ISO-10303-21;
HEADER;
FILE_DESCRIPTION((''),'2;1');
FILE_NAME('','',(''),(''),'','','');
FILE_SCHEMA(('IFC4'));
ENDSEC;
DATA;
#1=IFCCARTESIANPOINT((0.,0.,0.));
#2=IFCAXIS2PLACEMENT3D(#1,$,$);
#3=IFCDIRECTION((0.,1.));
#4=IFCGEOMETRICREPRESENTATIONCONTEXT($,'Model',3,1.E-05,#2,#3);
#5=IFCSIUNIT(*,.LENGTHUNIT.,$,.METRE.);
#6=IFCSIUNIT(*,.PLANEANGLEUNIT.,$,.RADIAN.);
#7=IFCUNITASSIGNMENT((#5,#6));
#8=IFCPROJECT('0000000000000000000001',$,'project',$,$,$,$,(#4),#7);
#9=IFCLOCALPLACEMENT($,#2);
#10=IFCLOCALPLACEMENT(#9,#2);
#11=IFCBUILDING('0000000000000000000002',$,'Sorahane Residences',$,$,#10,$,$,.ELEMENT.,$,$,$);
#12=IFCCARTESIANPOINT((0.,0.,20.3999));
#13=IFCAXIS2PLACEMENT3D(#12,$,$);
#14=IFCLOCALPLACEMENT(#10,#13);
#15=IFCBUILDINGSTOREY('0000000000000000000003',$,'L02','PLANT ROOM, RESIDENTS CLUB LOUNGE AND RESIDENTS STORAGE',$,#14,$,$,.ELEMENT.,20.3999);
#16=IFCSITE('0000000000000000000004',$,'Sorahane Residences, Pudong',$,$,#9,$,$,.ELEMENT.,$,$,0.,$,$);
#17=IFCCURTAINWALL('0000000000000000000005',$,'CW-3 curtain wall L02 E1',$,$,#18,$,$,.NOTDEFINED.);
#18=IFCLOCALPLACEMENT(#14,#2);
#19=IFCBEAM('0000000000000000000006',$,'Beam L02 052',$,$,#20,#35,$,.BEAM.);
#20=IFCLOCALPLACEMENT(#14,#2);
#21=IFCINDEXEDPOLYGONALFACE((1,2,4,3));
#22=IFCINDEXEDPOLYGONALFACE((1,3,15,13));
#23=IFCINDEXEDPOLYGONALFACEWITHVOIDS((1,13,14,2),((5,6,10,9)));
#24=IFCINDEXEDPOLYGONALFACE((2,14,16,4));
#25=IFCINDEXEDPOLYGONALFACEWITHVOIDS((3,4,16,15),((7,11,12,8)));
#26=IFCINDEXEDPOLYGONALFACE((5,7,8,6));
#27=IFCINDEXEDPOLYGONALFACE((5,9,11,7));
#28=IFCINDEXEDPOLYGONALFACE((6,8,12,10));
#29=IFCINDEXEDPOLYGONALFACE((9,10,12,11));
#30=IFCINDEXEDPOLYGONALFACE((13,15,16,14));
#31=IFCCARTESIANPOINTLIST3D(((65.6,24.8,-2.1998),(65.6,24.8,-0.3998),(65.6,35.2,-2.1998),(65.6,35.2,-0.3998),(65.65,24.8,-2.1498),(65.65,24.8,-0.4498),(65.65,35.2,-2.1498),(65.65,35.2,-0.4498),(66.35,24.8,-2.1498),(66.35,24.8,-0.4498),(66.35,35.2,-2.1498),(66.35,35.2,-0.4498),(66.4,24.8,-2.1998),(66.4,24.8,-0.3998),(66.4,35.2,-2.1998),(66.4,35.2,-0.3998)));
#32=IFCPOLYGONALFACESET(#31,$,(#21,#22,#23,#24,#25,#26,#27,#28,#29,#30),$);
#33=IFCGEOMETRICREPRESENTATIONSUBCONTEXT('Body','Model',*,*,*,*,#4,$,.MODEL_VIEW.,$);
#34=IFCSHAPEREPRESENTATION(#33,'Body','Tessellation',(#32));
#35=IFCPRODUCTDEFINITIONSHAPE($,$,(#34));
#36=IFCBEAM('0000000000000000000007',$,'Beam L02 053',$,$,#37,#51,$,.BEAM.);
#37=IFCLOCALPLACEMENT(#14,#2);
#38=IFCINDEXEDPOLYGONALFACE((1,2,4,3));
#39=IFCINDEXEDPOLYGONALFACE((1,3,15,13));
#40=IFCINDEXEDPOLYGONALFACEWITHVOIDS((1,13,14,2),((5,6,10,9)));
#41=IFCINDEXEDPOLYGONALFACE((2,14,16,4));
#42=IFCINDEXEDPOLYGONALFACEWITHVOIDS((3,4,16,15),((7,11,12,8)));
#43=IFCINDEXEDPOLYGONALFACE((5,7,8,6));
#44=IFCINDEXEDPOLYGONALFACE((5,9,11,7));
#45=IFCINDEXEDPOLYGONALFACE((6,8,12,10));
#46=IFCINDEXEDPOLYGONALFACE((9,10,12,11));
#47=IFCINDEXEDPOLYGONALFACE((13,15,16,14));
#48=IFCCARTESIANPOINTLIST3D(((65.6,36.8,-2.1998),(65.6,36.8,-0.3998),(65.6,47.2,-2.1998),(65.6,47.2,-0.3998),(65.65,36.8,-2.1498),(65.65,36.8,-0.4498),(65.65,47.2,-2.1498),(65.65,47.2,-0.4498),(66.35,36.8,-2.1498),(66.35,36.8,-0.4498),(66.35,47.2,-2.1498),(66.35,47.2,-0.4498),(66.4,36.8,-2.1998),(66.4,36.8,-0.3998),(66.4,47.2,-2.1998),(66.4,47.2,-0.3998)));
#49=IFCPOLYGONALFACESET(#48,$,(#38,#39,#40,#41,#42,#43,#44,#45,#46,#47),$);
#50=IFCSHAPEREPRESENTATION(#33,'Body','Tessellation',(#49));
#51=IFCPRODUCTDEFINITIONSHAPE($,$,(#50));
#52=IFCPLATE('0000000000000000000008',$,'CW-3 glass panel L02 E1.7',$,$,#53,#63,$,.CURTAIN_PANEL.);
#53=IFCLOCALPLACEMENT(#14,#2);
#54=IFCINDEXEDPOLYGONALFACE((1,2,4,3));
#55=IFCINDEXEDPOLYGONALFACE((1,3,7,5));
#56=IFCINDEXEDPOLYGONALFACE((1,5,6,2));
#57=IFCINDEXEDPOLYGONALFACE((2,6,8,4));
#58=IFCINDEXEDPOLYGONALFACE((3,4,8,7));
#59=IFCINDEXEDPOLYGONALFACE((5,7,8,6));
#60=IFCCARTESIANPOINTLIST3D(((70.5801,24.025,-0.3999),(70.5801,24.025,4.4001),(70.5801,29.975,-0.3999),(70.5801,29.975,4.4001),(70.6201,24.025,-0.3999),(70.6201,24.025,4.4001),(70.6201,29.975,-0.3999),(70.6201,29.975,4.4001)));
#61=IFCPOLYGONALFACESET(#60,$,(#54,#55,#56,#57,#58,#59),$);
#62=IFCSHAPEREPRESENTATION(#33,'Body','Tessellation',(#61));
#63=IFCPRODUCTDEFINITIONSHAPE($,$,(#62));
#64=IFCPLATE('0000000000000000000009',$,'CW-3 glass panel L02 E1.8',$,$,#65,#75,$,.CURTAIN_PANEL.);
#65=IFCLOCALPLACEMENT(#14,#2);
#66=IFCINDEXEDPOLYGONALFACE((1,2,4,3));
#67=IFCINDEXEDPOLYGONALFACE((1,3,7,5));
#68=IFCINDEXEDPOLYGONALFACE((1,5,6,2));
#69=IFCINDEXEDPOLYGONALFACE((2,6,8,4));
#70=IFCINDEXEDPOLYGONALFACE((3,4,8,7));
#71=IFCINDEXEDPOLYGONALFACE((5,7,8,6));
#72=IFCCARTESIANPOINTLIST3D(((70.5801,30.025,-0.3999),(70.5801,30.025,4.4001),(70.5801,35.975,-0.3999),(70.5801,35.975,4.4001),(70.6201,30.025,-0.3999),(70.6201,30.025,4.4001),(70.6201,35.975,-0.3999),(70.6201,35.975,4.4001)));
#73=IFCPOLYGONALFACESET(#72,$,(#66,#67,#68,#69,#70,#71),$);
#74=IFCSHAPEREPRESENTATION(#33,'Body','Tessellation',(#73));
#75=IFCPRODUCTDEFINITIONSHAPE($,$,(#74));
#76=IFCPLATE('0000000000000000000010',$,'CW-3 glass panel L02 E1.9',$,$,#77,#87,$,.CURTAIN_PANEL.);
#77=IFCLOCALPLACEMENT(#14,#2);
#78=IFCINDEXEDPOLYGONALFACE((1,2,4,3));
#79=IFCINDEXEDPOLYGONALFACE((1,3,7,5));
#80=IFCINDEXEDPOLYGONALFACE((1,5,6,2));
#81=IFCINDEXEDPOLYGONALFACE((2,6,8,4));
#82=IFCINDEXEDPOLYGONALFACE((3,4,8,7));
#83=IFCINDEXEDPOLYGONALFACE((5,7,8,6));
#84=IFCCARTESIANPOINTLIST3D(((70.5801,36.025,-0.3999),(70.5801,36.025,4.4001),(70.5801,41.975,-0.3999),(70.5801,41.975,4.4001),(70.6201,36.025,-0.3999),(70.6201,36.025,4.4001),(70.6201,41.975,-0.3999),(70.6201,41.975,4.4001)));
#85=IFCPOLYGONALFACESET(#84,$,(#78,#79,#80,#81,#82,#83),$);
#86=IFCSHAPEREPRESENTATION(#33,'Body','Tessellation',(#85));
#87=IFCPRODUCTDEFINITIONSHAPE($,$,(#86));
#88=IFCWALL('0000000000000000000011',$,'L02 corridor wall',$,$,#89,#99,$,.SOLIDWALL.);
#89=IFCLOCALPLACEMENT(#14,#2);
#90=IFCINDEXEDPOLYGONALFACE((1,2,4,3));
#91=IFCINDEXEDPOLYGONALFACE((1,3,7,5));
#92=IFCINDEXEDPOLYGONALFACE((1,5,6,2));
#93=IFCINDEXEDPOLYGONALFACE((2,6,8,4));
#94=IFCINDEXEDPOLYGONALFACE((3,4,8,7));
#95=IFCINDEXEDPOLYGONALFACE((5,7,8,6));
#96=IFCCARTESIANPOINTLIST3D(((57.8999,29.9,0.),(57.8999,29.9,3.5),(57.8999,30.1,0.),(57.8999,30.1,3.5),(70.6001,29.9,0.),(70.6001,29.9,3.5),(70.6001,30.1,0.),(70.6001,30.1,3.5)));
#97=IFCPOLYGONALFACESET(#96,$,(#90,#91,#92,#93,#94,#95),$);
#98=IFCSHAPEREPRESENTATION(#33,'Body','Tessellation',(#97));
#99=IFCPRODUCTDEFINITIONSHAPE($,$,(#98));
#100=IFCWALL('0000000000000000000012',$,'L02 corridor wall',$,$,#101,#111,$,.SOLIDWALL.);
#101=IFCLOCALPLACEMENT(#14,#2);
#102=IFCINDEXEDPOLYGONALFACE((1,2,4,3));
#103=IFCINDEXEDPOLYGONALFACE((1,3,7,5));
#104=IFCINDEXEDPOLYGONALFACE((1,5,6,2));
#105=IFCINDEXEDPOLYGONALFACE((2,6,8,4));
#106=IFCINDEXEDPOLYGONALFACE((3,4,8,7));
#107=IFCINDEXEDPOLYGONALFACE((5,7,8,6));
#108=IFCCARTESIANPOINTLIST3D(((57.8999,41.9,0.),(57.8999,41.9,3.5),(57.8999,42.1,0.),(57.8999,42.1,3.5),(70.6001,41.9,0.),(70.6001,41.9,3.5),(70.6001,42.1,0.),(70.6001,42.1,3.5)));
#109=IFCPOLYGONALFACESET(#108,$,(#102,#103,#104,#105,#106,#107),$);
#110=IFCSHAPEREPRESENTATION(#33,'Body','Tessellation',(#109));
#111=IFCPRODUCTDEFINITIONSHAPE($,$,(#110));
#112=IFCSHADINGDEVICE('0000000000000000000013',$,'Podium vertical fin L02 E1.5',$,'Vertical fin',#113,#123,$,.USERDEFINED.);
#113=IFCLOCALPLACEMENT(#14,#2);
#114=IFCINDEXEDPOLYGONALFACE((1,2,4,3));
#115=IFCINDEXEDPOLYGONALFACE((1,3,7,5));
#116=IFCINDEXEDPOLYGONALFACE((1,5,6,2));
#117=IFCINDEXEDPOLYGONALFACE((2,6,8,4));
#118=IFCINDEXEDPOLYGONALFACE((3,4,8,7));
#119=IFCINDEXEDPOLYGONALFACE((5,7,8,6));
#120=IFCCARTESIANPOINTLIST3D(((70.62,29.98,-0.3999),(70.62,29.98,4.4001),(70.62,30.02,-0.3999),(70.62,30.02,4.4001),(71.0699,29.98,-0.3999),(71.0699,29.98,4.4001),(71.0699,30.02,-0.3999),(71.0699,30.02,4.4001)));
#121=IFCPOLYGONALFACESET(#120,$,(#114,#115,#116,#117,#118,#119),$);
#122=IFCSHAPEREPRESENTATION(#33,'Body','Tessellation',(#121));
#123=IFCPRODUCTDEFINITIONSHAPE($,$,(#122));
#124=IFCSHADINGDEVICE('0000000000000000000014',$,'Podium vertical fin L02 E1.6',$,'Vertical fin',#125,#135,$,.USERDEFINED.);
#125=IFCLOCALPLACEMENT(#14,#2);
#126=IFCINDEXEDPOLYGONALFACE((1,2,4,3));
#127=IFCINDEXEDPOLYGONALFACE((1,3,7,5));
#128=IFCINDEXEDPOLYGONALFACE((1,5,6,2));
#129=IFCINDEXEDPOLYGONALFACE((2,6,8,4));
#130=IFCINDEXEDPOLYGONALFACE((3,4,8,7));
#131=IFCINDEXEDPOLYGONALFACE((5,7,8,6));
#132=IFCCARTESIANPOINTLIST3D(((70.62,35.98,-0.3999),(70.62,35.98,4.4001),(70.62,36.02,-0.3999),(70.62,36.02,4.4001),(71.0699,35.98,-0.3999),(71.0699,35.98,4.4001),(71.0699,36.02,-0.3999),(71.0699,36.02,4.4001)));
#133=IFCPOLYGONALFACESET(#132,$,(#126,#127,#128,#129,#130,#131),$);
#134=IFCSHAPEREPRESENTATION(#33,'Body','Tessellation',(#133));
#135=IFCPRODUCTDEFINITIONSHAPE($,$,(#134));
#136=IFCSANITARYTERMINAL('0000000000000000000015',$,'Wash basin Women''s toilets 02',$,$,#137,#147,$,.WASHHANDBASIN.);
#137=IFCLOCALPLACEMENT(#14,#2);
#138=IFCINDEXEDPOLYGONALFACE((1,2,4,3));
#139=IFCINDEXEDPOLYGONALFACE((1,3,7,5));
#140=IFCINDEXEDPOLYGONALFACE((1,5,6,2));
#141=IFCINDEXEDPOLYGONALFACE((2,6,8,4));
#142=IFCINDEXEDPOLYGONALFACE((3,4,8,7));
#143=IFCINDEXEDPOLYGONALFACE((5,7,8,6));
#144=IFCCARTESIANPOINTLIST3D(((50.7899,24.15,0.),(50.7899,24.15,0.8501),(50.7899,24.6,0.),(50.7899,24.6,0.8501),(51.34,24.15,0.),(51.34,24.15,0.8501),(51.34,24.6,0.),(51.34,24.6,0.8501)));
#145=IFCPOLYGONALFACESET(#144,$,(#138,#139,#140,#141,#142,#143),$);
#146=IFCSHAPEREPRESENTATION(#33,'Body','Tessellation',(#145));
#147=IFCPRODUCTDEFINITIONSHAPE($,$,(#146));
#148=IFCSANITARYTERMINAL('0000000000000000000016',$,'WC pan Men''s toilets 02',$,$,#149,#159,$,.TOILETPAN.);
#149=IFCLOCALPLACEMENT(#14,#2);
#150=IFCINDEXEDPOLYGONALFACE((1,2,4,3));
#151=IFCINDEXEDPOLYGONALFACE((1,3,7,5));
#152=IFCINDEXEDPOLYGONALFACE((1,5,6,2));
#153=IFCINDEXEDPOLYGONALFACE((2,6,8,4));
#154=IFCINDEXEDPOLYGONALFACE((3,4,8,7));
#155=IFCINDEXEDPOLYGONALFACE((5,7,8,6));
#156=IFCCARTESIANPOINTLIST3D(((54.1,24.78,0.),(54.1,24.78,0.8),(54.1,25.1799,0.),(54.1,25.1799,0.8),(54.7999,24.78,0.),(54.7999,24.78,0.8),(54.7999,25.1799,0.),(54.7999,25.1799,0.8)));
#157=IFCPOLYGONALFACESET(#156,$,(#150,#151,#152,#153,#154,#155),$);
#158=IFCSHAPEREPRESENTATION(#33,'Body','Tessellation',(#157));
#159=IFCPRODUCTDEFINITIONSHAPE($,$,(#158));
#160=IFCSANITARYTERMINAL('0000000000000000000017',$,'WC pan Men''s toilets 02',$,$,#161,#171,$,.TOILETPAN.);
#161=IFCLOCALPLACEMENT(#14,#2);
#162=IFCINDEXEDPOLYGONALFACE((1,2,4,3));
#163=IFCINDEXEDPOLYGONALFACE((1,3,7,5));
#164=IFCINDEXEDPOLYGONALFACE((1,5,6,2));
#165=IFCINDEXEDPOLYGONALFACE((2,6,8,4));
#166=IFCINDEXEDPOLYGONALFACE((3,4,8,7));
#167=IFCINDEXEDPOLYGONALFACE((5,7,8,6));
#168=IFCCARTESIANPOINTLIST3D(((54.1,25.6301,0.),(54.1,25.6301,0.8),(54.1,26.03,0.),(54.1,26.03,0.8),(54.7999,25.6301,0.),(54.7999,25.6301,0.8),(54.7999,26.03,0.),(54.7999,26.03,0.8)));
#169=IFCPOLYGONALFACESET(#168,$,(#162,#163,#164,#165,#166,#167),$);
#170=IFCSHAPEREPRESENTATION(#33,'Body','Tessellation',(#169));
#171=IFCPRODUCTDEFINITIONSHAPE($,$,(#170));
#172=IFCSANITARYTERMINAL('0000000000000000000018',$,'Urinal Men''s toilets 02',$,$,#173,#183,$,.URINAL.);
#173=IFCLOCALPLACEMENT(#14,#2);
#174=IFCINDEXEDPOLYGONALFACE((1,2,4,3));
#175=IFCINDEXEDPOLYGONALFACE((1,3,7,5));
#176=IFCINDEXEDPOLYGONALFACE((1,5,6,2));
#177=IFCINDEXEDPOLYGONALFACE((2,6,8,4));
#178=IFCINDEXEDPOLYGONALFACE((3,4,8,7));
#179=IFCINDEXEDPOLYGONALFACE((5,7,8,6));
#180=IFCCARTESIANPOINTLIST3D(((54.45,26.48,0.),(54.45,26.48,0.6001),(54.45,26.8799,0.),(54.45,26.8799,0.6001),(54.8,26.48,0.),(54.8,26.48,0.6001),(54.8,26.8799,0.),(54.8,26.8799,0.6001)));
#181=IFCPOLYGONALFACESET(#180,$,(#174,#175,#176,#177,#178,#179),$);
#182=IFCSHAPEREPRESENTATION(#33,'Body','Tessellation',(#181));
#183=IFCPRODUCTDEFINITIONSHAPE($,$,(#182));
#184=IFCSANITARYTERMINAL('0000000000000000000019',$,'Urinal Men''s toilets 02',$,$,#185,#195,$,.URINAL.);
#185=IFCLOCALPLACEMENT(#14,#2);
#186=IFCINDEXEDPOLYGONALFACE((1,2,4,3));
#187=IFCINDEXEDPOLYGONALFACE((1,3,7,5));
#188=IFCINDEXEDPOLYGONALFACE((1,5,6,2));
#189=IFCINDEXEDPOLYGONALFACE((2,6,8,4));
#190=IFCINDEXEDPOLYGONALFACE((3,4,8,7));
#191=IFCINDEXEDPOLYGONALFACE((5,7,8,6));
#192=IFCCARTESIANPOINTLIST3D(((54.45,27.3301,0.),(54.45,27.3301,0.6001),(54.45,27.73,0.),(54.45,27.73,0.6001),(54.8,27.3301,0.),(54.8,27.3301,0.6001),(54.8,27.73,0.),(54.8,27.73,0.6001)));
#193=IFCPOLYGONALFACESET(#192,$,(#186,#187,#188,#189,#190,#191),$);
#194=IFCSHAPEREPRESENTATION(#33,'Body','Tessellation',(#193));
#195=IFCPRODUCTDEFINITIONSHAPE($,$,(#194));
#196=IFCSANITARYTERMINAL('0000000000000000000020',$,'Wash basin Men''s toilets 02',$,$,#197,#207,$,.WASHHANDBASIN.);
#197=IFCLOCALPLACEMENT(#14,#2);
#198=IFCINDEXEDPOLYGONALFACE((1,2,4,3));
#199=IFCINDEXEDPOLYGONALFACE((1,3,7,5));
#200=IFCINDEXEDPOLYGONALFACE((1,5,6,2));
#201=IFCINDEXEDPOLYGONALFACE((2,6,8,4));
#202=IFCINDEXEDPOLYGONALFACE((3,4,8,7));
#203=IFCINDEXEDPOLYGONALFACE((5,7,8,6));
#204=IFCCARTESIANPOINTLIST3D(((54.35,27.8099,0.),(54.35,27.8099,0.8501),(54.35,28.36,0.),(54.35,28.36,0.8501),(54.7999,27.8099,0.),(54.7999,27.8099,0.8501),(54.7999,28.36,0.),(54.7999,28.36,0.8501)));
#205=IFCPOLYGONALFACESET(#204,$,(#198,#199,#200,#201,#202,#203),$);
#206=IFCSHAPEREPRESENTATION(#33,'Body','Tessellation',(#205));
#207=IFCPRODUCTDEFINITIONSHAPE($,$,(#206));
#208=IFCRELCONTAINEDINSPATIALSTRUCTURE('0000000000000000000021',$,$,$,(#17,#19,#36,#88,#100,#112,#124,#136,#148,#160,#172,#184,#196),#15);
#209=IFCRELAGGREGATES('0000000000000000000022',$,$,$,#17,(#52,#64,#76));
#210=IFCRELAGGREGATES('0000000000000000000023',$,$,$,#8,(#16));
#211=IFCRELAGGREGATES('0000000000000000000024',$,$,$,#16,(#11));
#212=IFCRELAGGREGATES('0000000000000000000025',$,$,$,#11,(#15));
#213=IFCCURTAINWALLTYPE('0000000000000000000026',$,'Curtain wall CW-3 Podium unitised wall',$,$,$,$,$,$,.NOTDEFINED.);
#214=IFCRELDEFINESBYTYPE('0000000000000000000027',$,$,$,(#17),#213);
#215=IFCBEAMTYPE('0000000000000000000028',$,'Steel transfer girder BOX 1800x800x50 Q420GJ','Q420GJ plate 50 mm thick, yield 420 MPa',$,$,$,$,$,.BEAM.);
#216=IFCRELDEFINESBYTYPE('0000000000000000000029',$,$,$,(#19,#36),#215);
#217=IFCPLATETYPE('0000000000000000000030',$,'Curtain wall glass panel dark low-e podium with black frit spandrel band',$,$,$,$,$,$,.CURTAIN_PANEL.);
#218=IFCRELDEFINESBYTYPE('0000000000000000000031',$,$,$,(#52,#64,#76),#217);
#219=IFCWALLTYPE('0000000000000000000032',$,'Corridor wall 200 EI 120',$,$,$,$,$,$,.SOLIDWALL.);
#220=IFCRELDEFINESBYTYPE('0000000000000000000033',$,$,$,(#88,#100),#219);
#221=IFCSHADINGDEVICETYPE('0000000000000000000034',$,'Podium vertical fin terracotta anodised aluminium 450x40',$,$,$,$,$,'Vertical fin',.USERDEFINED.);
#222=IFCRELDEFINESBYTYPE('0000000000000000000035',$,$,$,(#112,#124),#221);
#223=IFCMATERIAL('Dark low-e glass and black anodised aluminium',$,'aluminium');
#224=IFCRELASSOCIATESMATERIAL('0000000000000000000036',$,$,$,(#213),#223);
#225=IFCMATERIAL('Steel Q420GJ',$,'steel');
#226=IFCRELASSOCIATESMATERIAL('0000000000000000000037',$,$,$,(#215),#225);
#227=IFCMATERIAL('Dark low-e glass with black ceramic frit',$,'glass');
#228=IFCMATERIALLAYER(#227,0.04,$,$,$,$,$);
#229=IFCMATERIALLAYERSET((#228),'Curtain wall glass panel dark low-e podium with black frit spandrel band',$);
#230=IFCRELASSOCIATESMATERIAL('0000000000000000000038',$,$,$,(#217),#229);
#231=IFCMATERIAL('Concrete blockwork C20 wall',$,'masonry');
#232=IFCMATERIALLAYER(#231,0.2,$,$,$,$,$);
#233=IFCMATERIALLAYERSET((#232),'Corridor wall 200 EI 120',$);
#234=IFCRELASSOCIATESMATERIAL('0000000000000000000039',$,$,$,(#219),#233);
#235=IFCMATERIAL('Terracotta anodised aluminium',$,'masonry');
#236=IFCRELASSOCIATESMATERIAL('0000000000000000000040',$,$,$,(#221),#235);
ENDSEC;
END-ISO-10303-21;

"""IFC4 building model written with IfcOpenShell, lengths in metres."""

from ifc_helpers import new_model, si_unit, direction, frame, frame_2d, origin, origin_2d, place, context, subcontext, project, spatial, rectangle, hollow_rectangle, extrude, material, layer, layer_set, material_profile, profile_set, type_object, element, aggregate, save


model = new_model("IFC4")

# Units and contexts
model_context = context("Model", 3, precision=1e-05, world=origin(), true_north=direction((0.0, 1.0)))
body_context = subcontext(model_context, "Body", "Model", "MODEL_VIEW")
ifc_project = project(units=[si_unit("LENGTHUNIT", "METRE"), si_unit("PLANEANGLEUNIT", "RADIAN")], contexts=[model_context])

# Site, building, storey
site_placement = place(None, origin())
site = spatial("IfcSite", under=ifc_project, at=site_placement, Name="Sorahane Residences, Pudong", CompositionType="ELEMENT", RefElevation=0.0)
building_placement = place(site_placement, origin())
building = spatial("IfcBuilding", under=site, at=building_placement, Name="Sorahane Residences", CompositionType="ELEMENT")
storey_placement = place(building_placement, frame((0.0, 0.0, 20.3999)))
storey = spatial("IfcBuildingStorey", under=building, at=storey_placement, Name="L02", Description="PLANT ROOM, RESIDENTS CLUB LOUNGE AND RESIDENTS STORAGE", CompositionType="ELEMENT", Elevation=20.3999)

# Curtain wall
ifc_material_1 = material(Name="Dark low-e glass and black anodised aluminium", Category="aluminium")
curtain_wall_type = type_object("IfcCurtainWallType", Name="Curtain wall CW-3 Podium unitised wall", PredefinedType="NOTDEFINED", material=ifc_material_1)
curtain_wall_placement = place(storey_placement, origin())
curtain_wall = element("IfcCurtainWall", 1, at=curtain_wall_placement, inside=storey, type_object=curtain_wall_type, Name="CW-3 curtain wall L02 E1", PredefinedType="NOTDEFINED")

# Beams
ifc_material_2 = material(Name="Steel Q420GJ", Category="steel")
ifc_material_profile_1 = material_profile(ifc_material_2, hollow_rectangle(XDim=0.8, YDim=1.8, WallThickness=0.05, at=origin_2d()), Name="BOX 1800x800x50")
ifc_profile_set_1 = profile_set([ifc_material_profile_1], Name="Steel Q420GJ")
beam_type_1 = type_object("IfcBeamType", Name="Steel transfer girder BOX 1800x800x50 Q420GJ", Description="Q420GJ plate 50 mm thick, yield 420 MPa", PredefinedType="BEAM", material=ifc_profile_set_1)
for number, where, z_axis, x_axis, name in (
    (2, (66.0, 24.8, -1.2998), (0.0, 1.0, 0.0), (-1.0, 0.0, 0.0), "Beam L02 052"),
    (3, (66.0, 36.8, -1.2998), (0.0, 1.0, 0.0), (-1.0, 0.0, 0.0), "Beam L02 053"),
):
    element("IfcBeam", number, at=place(storey_placement, frame(where, z_axis=z_axis, x_axis=x_axis)), inside=storey, type_object=beam_type_1, Name=name, PredefinedType="BEAM", context=body_context, shape_type="SweptSolid", body=[
        extrude(hollow_rectangle(XDim=0.8, YDim=1.8, WallThickness=0.05, at=origin_2d()), origin(), (0.0, 0.0, 1.0), 10.3999),
    ])

# Plates
ifc_material_3 = material(Name="Dark low-e glass with black ceramic frit", Category="glass")
ifc_layer_1 = layer(ifc_material_3, 0.04)
ifc_layer_set_1 = layer_set([ifc_layer_1], Name="Curtain wall glass panel dark low-e podium with black frit spandrel band")
plate_type = type_object("IfcPlateType", Name="Curtain wall glass panel dark low-e podium with black frit spandrel band", PredefinedType="CURTAIN_PANEL", material=ifc_layer_set_1)
plate_1_placement = place(storey_placement, frame((70.6001, 27.0, -0.3999), z_axis=(0.0, 0.0, 1.0), x_axis=(0.0, 1.0, 0.0)))
plate_1 = element("IfcPlate", 4, at=plate_1_placement, type_object=plate_type, Name="CW-3 glass panel L02 E1.7", PredefinedType="CURTAIN_PANEL", context=body_context, shape_type="SweptSolid", body=[
    extrude(rectangle(XDim=5.95, YDim=0.04, at=origin_2d()), origin(), (0.0, 0.0, 1.0), 4.8),
])
plate_2_placement = place(storey_placement, frame((70.6001, 33.0, -0.3999), z_axis=(0.0, 0.0, 1.0), x_axis=(0.0, 1.0, 0.0)))
plate_2 = element("IfcPlate", 5, at=plate_2_placement, type_object=plate_type, Name="CW-3 glass panel L02 E1.8", PredefinedType="CURTAIN_PANEL", context=body_context, shape_type="SweptSolid", body=[
    extrude(rectangle(XDim=5.95, YDim=0.04, at=origin_2d()), origin(), (0.0, 0.0, 1.0), 4.8),
])
plate_3_placement = place(storey_placement, frame((70.6001, 39.0, -0.3999), z_axis=(0.0, 0.0, 1.0), x_axis=(0.0, 1.0, 0.0)))
plate_3 = element("IfcPlate", 6, at=plate_3_placement, type_object=plate_type, Name="CW-3 glass panel L02 E1.9", PredefinedType="CURTAIN_PANEL", context=body_context, shape_type="SweptSolid", body=[
    extrude(rectangle(XDim=5.95, YDim=0.04, at=origin_2d()), origin(), (0.0, 0.0, 1.0), 4.8),
])
aggregate(curtain_wall, [plate_1, plate_2, plate_3])

# Walls
ifc_material_4 = material(Name="Concrete blockwork C20 wall", Category="masonry")
ifc_layer_2 = layer(ifc_material_4, 0.2)
ifc_layer_set_2 = layer_set([ifc_layer_2], Name="Corridor wall 200 EI 120")
wall_type = type_object("IfcWallType", Name="Corridor wall 200 EI 120", PredefinedType="SOLIDWALL", material=ifc_layer_set_2)
for number, where, z_axis, x_axis, name in (
    (7, (57.8999, 30.0, 0.0), (0.0, 0.0, 1.0), (1.0, 0.0, 0.0), "L02 corridor wall"),
    (8, (57.8999, 42.0, 0.0), (0.0, 0.0, 1.0), (1.0, 0.0, 0.0), "L02 corridor wall"),
):
    element("IfcWall", number, at=place(storey_placement, frame(where, z_axis=z_axis, x_axis=x_axis)), inside=storey, type_object=wall_type, Name=name, PredefinedType="SOLIDWALL", context=body_context, shape_type="SweptSolid", body=[
        extrude(rectangle(XDim=12.7002, YDim=0.2, at=frame_2d((6.3501, 0.0))), origin(), (0.0, 0.0, 1.0), 3.5),
    ])

# Shading devices
ifc_material_5 = material(Name="Terracotta anodised aluminium", Category="masonry")
ifc_material_profile_2 = material_profile(ifc_material_5, rectangle(XDim=0.45, YDim=0.04, at=origin_2d()), Name="Podium vertical fin terracotta anodised aluminium 450x40")
ifc_profile_set_2 = profile_set([ifc_material_profile_2], Name="Terracotta anodised aluminium")
shading_device_type = type_object("IfcShadingDeviceType", Name="Podium vertical fin terracotta anodised aluminium 450x40", ElementType="Vertical fin", PredefinedType="USERDEFINED", material=ifc_profile_set_2)
for number, where, z_axis, x_axis, name in (
    (9, (70.845, 30.0, -0.3999), (0.0, 0.0, 1.0), (1.0, 0.0, 0.0), "Podium vertical fin L02 E1.5"),
    (10, (70.845, 36.0, -0.3999), (0.0, 0.0, 1.0), (1.0, 0.0, 0.0), "Podium vertical fin L02 E1.6"),
):
    element("IfcShadingDevice", number, at=place(storey_placement, frame(where, z_axis=z_axis, x_axis=x_axis)), inside=storey, type_object=shading_device_type, Name=name, ObjectType="Vertical fin", PredefinedType="USERDEFINED", context=body_context, shape_type="SweptSolid", body=[
        extrude(rectangle(XDim=0.45, YDim=0.04, at=origin_2d()), origin(), (0.0, 0.0, 1.0), 4.8),
    ])

# Sanitary terminals
sanitary_terminal_1_placement = place(storey_placement, frame((51.0649, 24.375, 0.0), z_axis=(0.0, 0.0, 1.0), x_axis=(1.0, 0.0, 0.0)))
element("IfcSanitaryTerminal", 11, at=sanitary_terminal_1_placement, inside=storey, Name="Wash basin Women's toilets 02", PredefinedType="WASHHANDBASIN", context=body_context, shape_type="SweptSolid", body=[
    extrude(rectangle(XDim=0.55, YDim=0.45, at=origin_2d()), origin(), (0.0, 0.0, 1.0), 0.8501),
])
for number, where, z_axis, x_axis, name in (
    (12, (54.45, 24.98, 0.0), (0.0, 0.0, 1.0), (0.0, -1.0, 0.0), "WC pan Men's toilets 02"),
    (13, (54.45, 25.8301, 0.0), (0.0, 0.0, 1.0), (0.0, -1.0, 0.0), "WC pan Men's toilets 02"),
):
    element("IfcSanitaryTerminal", number, at=place(storey_placement, frame(where, z_axis=z_axis, x_axis=x_axis)), inside=storey, Name=name, PredefinedType="TOILETPAN", context=body_context, shape_type="SweptSolid", body=[
        extrude(rectangle(XDim=0.3999, YDim=0.7, at=origin_2d()), origin(), (0.0, 0.0, 1.0), 0.8),
    ])
for number, where, z_axis, x_axis, name in (
    (14, (54.625, 26.6799, 0.0), (0.0, 0.0, 1.0), (0.0, -1.0, 0.0), "Urinal Men's toilets 02"),
    (15, (54.625, 27.53, 0.0), (0.0, 0.0, 1.0), (0.0, -1.0, 0.0), "Urinal Men's toilets 02"),
):
    element("IfcSanitaryTerminal", number, at=place(storey_placement, frame(where, z_axis=z_axis, x_axis=x_axis)), inside=storey, Name=name, PredefinedType="URINAL", context=body_context, shape_type="SweptSolid", body=[
        extrude(rectangle(XDim=0.3999, YDim=0.3501, at=origin_2d()), origin(), (0.0, 0.0, 1.0), 0.6001),
    ])
for number, where, z_axis, x_axis, name in (
    (16, (54.575, 28.085, 0.0), (0.0, 0.0, 1.0), (0.0, -1.0, 0.0), "Wash basin Men's toilets 02"),
):
    element("IfcSanitaryTerminal", number, at=place(storey_placement, frame(where, z_axis=z_axis, x_axis=x_axis)), inside=storey, Name=name, PredefinedType="WASHHANDBASIN", context=body_context, shape_type="SweptSolid", body=[
        extrude(rectangle(XDim=0.55, YDim=0.45, at=origin_2d()), origin(), (0.0, 0.0, 1.0), 0.8501),
    ])

save(model, "model.ifc")
